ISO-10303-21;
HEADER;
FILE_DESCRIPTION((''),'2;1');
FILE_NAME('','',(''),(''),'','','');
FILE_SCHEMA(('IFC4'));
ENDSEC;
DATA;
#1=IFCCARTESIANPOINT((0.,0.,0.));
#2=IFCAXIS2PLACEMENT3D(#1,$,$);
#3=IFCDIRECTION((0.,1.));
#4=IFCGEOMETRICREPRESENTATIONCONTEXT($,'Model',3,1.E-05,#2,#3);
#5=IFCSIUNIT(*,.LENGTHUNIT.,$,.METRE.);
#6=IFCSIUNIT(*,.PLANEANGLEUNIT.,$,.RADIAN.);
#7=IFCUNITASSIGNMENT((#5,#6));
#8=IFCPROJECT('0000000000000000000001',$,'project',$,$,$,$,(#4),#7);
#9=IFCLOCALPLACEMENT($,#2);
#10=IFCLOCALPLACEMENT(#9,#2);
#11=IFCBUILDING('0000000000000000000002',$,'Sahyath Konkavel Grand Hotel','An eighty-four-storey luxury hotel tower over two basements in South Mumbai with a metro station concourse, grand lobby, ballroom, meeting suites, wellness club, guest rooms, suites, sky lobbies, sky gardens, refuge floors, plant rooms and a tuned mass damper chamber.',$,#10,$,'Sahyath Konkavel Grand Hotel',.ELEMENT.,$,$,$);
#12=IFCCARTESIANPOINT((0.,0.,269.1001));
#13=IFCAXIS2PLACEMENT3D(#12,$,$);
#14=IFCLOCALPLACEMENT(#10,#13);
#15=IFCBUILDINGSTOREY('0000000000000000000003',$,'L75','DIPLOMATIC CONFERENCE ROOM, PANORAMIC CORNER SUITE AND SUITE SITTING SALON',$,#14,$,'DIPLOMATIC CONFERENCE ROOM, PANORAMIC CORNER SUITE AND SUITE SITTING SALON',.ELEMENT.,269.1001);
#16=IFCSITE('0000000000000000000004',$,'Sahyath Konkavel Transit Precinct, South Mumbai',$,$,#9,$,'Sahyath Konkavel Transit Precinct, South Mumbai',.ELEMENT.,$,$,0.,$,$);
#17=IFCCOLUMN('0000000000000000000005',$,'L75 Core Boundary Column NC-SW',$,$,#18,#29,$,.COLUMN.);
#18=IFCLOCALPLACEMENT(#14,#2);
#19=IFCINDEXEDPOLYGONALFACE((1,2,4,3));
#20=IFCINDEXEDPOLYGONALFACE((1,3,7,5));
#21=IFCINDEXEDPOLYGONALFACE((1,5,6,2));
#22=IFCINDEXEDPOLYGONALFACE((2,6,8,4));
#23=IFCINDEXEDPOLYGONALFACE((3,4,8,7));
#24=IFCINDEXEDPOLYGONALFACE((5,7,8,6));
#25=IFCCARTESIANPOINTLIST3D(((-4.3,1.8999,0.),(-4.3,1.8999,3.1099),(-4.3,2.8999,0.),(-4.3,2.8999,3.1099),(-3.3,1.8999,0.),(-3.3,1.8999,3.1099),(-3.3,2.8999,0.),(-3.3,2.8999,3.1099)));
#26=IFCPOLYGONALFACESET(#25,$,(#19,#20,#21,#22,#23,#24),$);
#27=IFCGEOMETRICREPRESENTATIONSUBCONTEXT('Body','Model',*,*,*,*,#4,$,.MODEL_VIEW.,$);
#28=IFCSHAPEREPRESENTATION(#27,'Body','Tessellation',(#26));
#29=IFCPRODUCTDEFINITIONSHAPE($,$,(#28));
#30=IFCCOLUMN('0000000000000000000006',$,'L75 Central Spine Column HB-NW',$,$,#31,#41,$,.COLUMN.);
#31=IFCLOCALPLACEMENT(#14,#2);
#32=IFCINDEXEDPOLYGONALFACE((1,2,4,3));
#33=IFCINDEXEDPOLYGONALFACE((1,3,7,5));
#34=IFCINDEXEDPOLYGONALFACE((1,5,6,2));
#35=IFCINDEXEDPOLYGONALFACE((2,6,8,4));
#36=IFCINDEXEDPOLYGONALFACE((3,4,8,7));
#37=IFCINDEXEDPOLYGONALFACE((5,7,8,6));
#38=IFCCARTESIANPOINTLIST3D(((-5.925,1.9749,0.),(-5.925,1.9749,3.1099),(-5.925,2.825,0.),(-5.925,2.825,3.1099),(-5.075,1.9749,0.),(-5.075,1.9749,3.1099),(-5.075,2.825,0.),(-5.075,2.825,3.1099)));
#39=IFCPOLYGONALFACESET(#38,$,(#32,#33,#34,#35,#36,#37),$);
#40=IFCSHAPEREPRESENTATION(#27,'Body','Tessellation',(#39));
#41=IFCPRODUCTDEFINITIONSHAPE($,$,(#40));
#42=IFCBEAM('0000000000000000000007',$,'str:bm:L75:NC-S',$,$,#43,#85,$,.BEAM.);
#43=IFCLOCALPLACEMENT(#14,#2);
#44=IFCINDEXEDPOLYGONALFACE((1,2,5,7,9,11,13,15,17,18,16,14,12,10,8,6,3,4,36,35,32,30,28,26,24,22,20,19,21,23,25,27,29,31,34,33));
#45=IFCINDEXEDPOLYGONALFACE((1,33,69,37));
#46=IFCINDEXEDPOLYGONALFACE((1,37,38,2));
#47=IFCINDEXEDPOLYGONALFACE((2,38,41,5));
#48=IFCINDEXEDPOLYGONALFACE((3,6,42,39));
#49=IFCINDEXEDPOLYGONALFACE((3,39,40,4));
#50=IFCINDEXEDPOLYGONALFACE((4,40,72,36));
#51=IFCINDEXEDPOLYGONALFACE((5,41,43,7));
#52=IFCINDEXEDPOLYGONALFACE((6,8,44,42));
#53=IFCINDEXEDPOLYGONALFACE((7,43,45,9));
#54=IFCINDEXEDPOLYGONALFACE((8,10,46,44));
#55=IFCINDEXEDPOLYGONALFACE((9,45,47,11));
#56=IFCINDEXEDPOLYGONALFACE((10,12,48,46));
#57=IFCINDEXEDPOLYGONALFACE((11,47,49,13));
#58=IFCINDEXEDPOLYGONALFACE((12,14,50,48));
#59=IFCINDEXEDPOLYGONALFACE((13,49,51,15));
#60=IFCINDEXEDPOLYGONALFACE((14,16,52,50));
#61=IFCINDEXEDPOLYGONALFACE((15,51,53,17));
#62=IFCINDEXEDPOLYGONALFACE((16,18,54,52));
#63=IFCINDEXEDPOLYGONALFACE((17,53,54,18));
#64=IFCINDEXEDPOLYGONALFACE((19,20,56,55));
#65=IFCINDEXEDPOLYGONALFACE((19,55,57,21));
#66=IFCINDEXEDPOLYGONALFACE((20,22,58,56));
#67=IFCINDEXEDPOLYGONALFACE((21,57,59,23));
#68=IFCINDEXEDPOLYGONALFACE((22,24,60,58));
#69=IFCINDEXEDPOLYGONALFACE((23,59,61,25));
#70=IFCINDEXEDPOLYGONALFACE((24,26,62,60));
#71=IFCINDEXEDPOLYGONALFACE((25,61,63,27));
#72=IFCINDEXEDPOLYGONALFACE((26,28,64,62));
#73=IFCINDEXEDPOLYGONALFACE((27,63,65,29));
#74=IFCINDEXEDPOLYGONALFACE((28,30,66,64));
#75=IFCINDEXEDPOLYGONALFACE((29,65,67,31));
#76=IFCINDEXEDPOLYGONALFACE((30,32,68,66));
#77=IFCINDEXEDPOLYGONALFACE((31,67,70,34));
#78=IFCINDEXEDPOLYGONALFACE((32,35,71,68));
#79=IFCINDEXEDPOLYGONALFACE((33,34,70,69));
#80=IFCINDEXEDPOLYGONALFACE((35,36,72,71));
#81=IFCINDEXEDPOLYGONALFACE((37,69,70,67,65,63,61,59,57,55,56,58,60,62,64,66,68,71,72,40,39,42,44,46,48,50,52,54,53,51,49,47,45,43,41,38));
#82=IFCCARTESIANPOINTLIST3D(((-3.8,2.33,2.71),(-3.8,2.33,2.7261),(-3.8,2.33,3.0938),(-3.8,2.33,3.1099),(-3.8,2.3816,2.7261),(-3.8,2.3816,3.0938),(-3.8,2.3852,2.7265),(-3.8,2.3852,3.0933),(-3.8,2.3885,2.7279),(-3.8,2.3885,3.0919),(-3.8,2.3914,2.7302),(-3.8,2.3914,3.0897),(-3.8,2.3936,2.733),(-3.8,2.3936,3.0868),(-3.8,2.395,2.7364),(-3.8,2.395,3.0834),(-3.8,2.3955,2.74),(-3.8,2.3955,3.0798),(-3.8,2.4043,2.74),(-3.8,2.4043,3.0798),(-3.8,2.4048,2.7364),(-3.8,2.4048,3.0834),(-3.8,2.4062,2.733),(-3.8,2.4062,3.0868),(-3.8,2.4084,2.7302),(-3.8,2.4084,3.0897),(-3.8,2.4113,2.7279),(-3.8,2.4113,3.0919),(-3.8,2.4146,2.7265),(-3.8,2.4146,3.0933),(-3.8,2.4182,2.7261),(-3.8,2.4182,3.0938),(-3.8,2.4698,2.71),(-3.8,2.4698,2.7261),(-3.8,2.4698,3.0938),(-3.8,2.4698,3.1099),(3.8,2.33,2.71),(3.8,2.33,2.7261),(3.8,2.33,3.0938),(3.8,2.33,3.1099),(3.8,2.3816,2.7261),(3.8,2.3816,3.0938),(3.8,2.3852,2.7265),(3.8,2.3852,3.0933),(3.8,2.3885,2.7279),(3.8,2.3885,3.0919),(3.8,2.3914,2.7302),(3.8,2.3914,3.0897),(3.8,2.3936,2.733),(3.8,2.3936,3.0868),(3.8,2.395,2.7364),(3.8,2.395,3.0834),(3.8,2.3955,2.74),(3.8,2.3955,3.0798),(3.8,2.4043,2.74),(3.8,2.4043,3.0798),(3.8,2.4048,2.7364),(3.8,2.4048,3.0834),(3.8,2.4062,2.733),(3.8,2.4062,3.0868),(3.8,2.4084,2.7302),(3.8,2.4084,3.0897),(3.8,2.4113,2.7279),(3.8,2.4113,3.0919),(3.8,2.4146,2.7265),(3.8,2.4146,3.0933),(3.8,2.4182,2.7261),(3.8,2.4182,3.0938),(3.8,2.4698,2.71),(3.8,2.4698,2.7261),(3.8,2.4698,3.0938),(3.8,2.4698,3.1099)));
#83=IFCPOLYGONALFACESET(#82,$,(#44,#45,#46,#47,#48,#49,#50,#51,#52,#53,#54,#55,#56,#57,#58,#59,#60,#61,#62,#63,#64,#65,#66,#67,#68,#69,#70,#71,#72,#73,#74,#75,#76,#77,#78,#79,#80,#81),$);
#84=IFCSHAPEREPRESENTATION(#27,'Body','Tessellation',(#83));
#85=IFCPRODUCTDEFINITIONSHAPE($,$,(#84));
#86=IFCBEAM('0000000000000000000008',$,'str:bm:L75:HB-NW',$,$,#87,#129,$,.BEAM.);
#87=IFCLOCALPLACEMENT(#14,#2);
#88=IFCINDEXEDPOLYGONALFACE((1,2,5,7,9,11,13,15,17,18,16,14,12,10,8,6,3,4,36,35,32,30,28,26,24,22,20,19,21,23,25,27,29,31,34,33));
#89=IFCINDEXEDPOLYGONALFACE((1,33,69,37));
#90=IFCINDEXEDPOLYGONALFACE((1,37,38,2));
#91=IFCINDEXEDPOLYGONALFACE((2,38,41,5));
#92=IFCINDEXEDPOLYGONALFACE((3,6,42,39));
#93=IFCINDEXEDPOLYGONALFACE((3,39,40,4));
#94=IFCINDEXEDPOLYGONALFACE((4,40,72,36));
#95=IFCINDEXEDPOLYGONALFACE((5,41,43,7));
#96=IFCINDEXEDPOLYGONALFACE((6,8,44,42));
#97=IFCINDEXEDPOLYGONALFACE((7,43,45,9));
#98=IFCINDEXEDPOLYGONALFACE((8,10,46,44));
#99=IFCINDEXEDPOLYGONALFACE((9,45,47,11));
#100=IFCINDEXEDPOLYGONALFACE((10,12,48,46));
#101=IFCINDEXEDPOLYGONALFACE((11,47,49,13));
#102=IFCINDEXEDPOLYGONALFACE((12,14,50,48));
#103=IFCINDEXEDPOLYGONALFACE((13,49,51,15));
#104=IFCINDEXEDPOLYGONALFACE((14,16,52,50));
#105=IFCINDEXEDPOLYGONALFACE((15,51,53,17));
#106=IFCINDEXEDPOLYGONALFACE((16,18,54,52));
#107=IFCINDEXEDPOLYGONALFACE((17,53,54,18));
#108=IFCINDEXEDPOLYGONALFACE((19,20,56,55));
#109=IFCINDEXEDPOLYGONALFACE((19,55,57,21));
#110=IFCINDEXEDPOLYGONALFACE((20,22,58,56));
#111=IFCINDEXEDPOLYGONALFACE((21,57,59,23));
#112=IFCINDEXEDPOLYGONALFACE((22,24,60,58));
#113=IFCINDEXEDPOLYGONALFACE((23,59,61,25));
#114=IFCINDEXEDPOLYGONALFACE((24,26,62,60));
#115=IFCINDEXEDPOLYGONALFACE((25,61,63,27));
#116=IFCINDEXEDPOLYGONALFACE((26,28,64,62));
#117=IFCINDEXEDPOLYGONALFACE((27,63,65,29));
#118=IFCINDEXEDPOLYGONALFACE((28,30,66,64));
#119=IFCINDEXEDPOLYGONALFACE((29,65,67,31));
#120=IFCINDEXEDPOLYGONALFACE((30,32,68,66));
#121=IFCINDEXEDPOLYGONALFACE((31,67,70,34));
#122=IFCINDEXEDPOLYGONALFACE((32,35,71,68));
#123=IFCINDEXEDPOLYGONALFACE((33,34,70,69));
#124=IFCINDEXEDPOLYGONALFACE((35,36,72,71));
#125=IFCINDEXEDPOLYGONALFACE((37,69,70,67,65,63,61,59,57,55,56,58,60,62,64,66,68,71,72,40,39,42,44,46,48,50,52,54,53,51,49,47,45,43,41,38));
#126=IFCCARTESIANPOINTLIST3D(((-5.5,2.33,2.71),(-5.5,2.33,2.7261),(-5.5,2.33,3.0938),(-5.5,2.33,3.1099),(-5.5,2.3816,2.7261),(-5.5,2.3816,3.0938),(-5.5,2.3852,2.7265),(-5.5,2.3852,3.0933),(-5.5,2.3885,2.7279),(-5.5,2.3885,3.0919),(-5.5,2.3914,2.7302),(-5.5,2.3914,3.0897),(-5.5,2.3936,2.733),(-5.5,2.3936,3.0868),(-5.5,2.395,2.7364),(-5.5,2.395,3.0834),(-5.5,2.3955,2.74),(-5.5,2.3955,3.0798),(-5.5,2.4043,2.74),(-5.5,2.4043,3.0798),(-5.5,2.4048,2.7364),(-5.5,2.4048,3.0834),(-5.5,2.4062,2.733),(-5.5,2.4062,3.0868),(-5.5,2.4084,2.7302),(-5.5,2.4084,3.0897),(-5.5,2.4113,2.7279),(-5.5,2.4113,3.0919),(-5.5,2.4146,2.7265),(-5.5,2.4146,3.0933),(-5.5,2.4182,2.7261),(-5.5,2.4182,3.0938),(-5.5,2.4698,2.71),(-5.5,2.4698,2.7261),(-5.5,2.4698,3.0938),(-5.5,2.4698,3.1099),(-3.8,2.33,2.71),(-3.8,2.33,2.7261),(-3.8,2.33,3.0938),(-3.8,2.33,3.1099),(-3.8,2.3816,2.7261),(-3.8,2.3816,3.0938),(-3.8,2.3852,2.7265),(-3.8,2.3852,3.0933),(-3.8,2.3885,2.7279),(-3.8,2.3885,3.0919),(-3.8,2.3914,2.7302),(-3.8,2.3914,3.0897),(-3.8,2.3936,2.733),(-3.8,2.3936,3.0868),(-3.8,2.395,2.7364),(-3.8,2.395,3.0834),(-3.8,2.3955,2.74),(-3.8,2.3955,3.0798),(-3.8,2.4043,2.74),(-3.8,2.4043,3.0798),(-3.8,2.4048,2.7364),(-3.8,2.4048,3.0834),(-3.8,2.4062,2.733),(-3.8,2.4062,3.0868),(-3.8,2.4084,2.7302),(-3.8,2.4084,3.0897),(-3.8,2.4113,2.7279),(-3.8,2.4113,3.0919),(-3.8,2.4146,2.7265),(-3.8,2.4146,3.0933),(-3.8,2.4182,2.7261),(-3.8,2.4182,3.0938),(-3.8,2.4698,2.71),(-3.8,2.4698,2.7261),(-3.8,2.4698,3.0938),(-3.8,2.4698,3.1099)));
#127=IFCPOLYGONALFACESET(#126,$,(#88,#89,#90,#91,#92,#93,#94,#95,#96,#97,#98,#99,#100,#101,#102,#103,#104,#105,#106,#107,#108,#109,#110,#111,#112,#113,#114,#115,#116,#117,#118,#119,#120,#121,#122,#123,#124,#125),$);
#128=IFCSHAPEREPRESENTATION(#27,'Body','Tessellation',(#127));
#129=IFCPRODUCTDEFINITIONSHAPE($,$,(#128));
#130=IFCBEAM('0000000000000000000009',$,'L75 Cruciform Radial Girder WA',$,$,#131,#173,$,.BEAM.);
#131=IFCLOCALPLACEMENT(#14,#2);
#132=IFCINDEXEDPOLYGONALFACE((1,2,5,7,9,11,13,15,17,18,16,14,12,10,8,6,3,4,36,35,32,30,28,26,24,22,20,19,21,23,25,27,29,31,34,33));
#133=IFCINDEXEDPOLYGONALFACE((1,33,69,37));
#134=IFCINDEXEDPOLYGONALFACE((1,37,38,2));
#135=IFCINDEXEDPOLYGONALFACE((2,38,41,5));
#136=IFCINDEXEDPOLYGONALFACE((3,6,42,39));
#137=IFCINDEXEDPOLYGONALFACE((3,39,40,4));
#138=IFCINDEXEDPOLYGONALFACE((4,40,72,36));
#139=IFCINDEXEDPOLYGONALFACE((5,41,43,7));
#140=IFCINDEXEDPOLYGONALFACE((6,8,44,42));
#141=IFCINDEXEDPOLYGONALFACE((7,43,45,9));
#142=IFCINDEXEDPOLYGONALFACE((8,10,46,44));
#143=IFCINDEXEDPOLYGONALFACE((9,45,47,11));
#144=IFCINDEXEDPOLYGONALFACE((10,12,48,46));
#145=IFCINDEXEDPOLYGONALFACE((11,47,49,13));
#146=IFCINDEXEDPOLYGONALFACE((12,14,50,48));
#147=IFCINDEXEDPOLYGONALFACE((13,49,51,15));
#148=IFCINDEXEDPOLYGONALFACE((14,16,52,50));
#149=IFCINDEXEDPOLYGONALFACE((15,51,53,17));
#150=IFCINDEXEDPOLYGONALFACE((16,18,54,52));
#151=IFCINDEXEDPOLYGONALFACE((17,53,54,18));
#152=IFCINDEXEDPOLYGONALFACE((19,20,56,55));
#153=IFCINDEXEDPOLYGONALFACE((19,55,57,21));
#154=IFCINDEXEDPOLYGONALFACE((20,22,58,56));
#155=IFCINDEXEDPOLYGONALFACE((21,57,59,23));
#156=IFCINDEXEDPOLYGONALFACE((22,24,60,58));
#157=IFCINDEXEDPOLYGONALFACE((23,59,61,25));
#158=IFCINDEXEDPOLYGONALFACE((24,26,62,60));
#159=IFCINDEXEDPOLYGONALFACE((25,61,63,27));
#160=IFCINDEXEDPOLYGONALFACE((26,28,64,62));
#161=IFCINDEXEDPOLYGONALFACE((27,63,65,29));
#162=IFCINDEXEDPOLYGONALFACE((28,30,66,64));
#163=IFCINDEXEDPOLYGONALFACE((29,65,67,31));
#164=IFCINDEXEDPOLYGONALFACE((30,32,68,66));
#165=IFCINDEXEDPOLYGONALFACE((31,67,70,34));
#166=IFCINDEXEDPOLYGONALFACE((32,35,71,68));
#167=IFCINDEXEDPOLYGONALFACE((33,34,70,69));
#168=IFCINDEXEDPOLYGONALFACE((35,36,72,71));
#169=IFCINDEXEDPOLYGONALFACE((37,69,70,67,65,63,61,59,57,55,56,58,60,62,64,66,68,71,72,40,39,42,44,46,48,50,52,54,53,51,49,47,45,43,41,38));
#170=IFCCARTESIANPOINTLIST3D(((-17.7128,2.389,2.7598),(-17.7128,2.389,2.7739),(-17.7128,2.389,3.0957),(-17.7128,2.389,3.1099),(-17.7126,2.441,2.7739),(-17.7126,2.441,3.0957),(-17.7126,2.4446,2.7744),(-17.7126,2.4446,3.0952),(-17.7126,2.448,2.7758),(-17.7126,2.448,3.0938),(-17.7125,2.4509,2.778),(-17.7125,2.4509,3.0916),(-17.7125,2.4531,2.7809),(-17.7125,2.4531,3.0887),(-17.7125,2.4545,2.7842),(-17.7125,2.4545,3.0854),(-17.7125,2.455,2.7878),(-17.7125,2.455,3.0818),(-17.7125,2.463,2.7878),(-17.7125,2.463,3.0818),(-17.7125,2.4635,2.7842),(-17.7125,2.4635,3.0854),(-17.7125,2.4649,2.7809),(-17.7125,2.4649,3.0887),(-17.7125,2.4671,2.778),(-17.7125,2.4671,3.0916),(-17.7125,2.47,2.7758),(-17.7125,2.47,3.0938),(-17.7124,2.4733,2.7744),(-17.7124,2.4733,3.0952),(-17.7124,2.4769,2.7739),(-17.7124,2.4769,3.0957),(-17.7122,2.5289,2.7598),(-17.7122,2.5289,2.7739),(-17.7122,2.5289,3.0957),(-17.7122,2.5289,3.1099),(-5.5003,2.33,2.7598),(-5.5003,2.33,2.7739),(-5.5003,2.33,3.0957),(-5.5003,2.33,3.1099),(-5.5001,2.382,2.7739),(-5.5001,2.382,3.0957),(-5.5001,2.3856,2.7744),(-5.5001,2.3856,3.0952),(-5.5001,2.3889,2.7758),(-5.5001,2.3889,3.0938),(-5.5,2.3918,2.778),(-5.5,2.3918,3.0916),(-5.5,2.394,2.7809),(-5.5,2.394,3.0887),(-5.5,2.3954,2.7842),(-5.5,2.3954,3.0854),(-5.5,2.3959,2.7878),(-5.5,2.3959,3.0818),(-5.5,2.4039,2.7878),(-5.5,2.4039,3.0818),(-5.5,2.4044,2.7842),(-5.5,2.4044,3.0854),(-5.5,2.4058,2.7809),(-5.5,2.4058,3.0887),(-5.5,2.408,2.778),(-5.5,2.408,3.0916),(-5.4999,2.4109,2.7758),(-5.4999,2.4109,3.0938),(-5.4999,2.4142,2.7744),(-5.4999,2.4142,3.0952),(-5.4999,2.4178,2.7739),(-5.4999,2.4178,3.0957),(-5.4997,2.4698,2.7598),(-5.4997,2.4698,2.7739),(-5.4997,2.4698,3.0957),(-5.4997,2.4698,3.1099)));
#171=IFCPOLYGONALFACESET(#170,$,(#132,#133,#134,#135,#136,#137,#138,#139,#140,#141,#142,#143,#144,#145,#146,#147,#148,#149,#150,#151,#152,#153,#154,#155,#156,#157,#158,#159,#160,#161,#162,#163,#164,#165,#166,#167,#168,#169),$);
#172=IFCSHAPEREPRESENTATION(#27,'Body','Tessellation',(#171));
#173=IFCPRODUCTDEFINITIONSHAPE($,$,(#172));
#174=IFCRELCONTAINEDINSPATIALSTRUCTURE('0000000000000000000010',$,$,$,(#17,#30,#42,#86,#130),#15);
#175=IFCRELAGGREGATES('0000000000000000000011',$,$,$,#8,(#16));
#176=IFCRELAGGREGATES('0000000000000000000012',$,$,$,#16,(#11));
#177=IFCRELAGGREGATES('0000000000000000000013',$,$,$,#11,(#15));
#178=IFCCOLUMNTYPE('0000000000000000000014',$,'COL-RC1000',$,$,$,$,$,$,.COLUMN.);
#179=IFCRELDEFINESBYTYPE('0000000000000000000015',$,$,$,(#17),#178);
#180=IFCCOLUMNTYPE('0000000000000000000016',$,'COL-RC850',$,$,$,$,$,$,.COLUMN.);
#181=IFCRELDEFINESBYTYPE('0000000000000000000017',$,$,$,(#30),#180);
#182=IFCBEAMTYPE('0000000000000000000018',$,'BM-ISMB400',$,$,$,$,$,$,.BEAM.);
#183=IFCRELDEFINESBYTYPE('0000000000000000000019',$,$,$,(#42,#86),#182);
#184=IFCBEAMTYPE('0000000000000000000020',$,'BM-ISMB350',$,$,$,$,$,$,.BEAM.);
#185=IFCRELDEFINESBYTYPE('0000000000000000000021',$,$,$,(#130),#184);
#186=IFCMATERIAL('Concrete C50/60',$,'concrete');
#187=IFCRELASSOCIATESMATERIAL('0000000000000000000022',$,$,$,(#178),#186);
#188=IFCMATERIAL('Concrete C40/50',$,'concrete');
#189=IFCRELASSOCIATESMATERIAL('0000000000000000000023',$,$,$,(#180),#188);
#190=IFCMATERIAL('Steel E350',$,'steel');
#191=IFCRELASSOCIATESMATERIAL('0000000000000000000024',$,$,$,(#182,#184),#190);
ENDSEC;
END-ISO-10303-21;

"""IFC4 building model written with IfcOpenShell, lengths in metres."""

from ifc_helpers import new_model, si_unit, direction, frame, origin, origin_2d, place, context, subcontext, project, spatial, rectangle, i_section, extrude, source, transform, mapped, material, material_profile, profile_set, type_object, element, save


model = new_model("IFC4")

# Units and contexts
model_context = context("Model", 3, precision=1e-05, world=origin(), true_north=direction((0.0, 1.0)))
body_context = subcontext(model_context, "Body", "Model", "MODEL_VIEW")
ifc_project = project(units=[si_unit("LENGTHUNIT", "METRE"), si_unit("PLANEANGLEUNIT", "RADIAN")], contexts=[model_context])

# Site, building, storey
site_placement = place(None, origin())
site = spatial("IfcSite", under=ifc_project, at=site_placement, Name="Sahyath Konkavel Transit Precinct, South Mumbai", LongName="Sahyath Konkavel Transit Precinct, South Mumbai", CompositionType="ELEMENT", RefElevation=0.0)
building_placement = place(site_placement, origin())
building = spatial("IfcBuilding", under=site, at=building_placement, Name="Sahyath Konkavel Grand Hotel", Description="An eighty-four-storey luxury hotel tower over two basements in South Mumbai with a metro station concourse, grand lobby, ballroom, meeting suites, wellness club, guest rooms, suites, sky lobbies, sky gardens, refuge floors, plant rooms and a tuned mass damper chamber.", LongName="Sahyath Konkavel Grand Hotel", CompositionType="ELEMENT")
storey_placement = place(building_placement, frame((0.0, 0.0, 269.1001)))
storey = spatial("IfcBuildingStorey", under=building, at=storey_placement, Name="L75", Description="DIPLOMATIC CONFERENCE ROOM, PANORAMIC CORNER SUITE AND SUITE SITTING SALON", LongName="DIPLOMATIC CONFERENCE ROOM, PANORAMIC CORNER SUITE AND SUITE SITTING SALON", CompositionType="ELEMENT", Elevation=269.1001)

# Columns
ifc_material_1 = material(Name="Concrete C50/60", Category="concrete")
ifc_material_profile_1 = material_profile(ifc_material_1, rectangle(XDim=1.0, YDim=1.0, at=origin_2d()), Name="RC 1000x1000")
ifc_profile_set_1 = profile_set([ifc_material_profile_1], Name="Concrete C50/60")
column_type_1 = type_object("IfcColumnType", Name="COL-RC1000", PredefinedType="COLUMN", material=ifc_profile_set_1)
shared_shape_1 = source(origin(), body_context, "Body", "SweptSolid", [
    extrude(rectangle(XDim=1.0, YDim=1.0, at=origin_2d()), origin(), (0.0, 0.0, 1.0), 3.1099),
])
column_1_placement = place(storey_placement, frame((-3.8, 2.3999, 0.0), z_axis=(0.0, 0.0, 1.0), x_axis=(1.0, 0.0, 0.0)))
element("IfcColumn", 1, at=column_1_placement, inside=storey, type_object=column_type_1, Name="L75 Core Boundary Column NC-SW", PredefinedType="COLUMN", context=body_context, shape_type="MappedRepresentation", body=[
    mapped(shared_shape_1, transform((0.0, 0.0, 0.0), scale=1.0)),
])
ifc_material_2 = material(Name="Concrete C40/50", Category="concrete")
ifc_material_profile_2 = material_profile(ifc_material_2, rectangle(XDim=0.8501, YDim=0.8501, at=origin_2d()), Name="RC 850x850")
ifc_profile_set_2 = profile_set([ifc_material_profile_2], Name="Concrete C40/50")
column_type_2 = type_object("IfcColumnType", Name="COL-RC850", PredefinedType="COLUMN", material=ifc_profile_set_2)
shared_shape_2 = source(origin(), body_context, "Body", "SweptSolid", [
    extrude(rectangle(XDim=0.8501, YDim=0.8501, at=origin_2d()), origin(), (0.0, 0.0, 1.0), 3.1099),
])
column_2_placement = place(storey_placement, frame((-5.5, 2.3999, 0.0), z_axis=(0.0, 0.0, 1.0), x_axis=(1.0, 0.0, 0.0)))
element("IfcColumn", 2, at=column_2_placement, inside=storey, type_object=column_type_2, Name="L75 Central Spine Column HB-NW", PredefinedType="COLUMN", context=body_context, shape_type="MappedRepresentation", body=[
    mapped(shared_shape_2, transform((0.0, 0.0, 0.0), scale=1.0)),
])

# Beams
ifc_material_3 = material(Name="Steel E350", Category="steel")
ifc_material_profile_3 = material_profile(ifc_material_3, i_section(OverallWidth=0.1399, OverallDepth=0.3999, WebThickness=0.0088, FlangeThickness=0.0161, FilletRadius=0.0139, at=origin_2d()), Name="ISMB 400")
ifc_profile_set_3 = profile_set([ifc_material_profile_3], Name="Steel E350")
beam_type_1 = type_object("IfcBeamType", Name="BM-ISMB400", PredefinedType="BEAM", material=ifc_profile_set_3)
shared_shape_3 = source(origin(), body_context, "Body", "SweptSolid", [
    extrude(i_section(OverallWidth=0.1399, OverallDepth=0.3999, WebThickness=0.0088, FlangeThickness=0.0161, FilletRadius=0.0139, at=origin_2d()), origin(), (0.0, 0.0, 1.0), 7.6001),
])
beam_1_placement = place(storey_placement, frame((-3.8, 2.3999, 2.9099), z_axis=(1.0, 0.0, 0.0), x_axis=(0.0, 1.0, 0.0)))
element("IfcBeam", 3, at=beam_1_placement, inside=storey, type_object=beam_type_1, Name="str:bm:L75:NC-S", PredefinedType="BEAM", context=body_context, shape_type="MappedRepresentation", body=[
    mapped(shared_shape_3, transform((0.0, 0.0, 0.0), scale=1.0)),
])
shared_shape_4 = source(origin(), body_context, "Body", "SweptSolid", [
    extrude(i_section(OverallWidth=0.1399, OverallDepth=0.3999, WebThickness=0.0088, FlangeThickness=0.0161, FilletRadius=0.0139, at=origin_2d()), origin(), (0.0, 0.0, 1.0), 1.7),
])
beam_2_placement = place(storey_placement, frame((-5.5, 2.3999, 2.9099), z_axis=(1.0, 0.0, 0.0), x_axis=(0.0, 1.0, 0.0)))
element("IfcBeam", 4, at=beam_2_placement, inside=storey, type_object=beam_type_1, Name="str:bm:L75:HB-NW", PredefinedType="BEAM", context=body_context, shape_type="MappedRepresentation", body=[
    mapped(shared_shape_4, transform((0.0, 0.0, 0.0), scale=1.0)),
])
ifc_material_profile_4 = material_profile(ifc_material_3, i_section(OverallWidth=0.1399, OverallDepth=0.3501, WebThickness=0.0081, FlangeThickness=0.0142, FilletRadius=0.0139, at=origin_2d()), Name="ISMB 350")
ifc_profile_set_4 = profile_set([ifc_material_profile_4], Name="Steel E350")
beam_type_2 = type_object("IfcBeamType", Name="BM-ISMB350", PredefinedType="BEAM", material=ifc_profile_set_4)
shared_shape_5 = source(origin(), body_context, "Body", "SweptSolid", [
    extrude(i_section(OverallWidth=0.1399, OverallDepth=0.3501, WebThickness=0.0081, FlangeThickness=0.0142, FilletRadius=0.0139, at=origin_2d()), origin(), (0.0, 0.0, 1.0), 12.2126),
])
beam_3_placement = place(storey_placement, frame((-5.5, 2.3999, 2.9348), z_axis=(-0.999988, 0.004838, 0.0), x_axis=(-0.004838, -0.999988, 0.0)))
element("IfcBeam", 5, at=beam_3_placement, inside=storey, type_object=beam_type_2, Name="L75 Cruciform Radial Girder WA", PredefinedType="BEAM", context=body_context, shape_type="MappedRepresentation", body=[
    mapped(shared_shape_5, transform((0.0, 0.0, 0.0), scale=1.0)),
])

save(model, "model.ifc")
